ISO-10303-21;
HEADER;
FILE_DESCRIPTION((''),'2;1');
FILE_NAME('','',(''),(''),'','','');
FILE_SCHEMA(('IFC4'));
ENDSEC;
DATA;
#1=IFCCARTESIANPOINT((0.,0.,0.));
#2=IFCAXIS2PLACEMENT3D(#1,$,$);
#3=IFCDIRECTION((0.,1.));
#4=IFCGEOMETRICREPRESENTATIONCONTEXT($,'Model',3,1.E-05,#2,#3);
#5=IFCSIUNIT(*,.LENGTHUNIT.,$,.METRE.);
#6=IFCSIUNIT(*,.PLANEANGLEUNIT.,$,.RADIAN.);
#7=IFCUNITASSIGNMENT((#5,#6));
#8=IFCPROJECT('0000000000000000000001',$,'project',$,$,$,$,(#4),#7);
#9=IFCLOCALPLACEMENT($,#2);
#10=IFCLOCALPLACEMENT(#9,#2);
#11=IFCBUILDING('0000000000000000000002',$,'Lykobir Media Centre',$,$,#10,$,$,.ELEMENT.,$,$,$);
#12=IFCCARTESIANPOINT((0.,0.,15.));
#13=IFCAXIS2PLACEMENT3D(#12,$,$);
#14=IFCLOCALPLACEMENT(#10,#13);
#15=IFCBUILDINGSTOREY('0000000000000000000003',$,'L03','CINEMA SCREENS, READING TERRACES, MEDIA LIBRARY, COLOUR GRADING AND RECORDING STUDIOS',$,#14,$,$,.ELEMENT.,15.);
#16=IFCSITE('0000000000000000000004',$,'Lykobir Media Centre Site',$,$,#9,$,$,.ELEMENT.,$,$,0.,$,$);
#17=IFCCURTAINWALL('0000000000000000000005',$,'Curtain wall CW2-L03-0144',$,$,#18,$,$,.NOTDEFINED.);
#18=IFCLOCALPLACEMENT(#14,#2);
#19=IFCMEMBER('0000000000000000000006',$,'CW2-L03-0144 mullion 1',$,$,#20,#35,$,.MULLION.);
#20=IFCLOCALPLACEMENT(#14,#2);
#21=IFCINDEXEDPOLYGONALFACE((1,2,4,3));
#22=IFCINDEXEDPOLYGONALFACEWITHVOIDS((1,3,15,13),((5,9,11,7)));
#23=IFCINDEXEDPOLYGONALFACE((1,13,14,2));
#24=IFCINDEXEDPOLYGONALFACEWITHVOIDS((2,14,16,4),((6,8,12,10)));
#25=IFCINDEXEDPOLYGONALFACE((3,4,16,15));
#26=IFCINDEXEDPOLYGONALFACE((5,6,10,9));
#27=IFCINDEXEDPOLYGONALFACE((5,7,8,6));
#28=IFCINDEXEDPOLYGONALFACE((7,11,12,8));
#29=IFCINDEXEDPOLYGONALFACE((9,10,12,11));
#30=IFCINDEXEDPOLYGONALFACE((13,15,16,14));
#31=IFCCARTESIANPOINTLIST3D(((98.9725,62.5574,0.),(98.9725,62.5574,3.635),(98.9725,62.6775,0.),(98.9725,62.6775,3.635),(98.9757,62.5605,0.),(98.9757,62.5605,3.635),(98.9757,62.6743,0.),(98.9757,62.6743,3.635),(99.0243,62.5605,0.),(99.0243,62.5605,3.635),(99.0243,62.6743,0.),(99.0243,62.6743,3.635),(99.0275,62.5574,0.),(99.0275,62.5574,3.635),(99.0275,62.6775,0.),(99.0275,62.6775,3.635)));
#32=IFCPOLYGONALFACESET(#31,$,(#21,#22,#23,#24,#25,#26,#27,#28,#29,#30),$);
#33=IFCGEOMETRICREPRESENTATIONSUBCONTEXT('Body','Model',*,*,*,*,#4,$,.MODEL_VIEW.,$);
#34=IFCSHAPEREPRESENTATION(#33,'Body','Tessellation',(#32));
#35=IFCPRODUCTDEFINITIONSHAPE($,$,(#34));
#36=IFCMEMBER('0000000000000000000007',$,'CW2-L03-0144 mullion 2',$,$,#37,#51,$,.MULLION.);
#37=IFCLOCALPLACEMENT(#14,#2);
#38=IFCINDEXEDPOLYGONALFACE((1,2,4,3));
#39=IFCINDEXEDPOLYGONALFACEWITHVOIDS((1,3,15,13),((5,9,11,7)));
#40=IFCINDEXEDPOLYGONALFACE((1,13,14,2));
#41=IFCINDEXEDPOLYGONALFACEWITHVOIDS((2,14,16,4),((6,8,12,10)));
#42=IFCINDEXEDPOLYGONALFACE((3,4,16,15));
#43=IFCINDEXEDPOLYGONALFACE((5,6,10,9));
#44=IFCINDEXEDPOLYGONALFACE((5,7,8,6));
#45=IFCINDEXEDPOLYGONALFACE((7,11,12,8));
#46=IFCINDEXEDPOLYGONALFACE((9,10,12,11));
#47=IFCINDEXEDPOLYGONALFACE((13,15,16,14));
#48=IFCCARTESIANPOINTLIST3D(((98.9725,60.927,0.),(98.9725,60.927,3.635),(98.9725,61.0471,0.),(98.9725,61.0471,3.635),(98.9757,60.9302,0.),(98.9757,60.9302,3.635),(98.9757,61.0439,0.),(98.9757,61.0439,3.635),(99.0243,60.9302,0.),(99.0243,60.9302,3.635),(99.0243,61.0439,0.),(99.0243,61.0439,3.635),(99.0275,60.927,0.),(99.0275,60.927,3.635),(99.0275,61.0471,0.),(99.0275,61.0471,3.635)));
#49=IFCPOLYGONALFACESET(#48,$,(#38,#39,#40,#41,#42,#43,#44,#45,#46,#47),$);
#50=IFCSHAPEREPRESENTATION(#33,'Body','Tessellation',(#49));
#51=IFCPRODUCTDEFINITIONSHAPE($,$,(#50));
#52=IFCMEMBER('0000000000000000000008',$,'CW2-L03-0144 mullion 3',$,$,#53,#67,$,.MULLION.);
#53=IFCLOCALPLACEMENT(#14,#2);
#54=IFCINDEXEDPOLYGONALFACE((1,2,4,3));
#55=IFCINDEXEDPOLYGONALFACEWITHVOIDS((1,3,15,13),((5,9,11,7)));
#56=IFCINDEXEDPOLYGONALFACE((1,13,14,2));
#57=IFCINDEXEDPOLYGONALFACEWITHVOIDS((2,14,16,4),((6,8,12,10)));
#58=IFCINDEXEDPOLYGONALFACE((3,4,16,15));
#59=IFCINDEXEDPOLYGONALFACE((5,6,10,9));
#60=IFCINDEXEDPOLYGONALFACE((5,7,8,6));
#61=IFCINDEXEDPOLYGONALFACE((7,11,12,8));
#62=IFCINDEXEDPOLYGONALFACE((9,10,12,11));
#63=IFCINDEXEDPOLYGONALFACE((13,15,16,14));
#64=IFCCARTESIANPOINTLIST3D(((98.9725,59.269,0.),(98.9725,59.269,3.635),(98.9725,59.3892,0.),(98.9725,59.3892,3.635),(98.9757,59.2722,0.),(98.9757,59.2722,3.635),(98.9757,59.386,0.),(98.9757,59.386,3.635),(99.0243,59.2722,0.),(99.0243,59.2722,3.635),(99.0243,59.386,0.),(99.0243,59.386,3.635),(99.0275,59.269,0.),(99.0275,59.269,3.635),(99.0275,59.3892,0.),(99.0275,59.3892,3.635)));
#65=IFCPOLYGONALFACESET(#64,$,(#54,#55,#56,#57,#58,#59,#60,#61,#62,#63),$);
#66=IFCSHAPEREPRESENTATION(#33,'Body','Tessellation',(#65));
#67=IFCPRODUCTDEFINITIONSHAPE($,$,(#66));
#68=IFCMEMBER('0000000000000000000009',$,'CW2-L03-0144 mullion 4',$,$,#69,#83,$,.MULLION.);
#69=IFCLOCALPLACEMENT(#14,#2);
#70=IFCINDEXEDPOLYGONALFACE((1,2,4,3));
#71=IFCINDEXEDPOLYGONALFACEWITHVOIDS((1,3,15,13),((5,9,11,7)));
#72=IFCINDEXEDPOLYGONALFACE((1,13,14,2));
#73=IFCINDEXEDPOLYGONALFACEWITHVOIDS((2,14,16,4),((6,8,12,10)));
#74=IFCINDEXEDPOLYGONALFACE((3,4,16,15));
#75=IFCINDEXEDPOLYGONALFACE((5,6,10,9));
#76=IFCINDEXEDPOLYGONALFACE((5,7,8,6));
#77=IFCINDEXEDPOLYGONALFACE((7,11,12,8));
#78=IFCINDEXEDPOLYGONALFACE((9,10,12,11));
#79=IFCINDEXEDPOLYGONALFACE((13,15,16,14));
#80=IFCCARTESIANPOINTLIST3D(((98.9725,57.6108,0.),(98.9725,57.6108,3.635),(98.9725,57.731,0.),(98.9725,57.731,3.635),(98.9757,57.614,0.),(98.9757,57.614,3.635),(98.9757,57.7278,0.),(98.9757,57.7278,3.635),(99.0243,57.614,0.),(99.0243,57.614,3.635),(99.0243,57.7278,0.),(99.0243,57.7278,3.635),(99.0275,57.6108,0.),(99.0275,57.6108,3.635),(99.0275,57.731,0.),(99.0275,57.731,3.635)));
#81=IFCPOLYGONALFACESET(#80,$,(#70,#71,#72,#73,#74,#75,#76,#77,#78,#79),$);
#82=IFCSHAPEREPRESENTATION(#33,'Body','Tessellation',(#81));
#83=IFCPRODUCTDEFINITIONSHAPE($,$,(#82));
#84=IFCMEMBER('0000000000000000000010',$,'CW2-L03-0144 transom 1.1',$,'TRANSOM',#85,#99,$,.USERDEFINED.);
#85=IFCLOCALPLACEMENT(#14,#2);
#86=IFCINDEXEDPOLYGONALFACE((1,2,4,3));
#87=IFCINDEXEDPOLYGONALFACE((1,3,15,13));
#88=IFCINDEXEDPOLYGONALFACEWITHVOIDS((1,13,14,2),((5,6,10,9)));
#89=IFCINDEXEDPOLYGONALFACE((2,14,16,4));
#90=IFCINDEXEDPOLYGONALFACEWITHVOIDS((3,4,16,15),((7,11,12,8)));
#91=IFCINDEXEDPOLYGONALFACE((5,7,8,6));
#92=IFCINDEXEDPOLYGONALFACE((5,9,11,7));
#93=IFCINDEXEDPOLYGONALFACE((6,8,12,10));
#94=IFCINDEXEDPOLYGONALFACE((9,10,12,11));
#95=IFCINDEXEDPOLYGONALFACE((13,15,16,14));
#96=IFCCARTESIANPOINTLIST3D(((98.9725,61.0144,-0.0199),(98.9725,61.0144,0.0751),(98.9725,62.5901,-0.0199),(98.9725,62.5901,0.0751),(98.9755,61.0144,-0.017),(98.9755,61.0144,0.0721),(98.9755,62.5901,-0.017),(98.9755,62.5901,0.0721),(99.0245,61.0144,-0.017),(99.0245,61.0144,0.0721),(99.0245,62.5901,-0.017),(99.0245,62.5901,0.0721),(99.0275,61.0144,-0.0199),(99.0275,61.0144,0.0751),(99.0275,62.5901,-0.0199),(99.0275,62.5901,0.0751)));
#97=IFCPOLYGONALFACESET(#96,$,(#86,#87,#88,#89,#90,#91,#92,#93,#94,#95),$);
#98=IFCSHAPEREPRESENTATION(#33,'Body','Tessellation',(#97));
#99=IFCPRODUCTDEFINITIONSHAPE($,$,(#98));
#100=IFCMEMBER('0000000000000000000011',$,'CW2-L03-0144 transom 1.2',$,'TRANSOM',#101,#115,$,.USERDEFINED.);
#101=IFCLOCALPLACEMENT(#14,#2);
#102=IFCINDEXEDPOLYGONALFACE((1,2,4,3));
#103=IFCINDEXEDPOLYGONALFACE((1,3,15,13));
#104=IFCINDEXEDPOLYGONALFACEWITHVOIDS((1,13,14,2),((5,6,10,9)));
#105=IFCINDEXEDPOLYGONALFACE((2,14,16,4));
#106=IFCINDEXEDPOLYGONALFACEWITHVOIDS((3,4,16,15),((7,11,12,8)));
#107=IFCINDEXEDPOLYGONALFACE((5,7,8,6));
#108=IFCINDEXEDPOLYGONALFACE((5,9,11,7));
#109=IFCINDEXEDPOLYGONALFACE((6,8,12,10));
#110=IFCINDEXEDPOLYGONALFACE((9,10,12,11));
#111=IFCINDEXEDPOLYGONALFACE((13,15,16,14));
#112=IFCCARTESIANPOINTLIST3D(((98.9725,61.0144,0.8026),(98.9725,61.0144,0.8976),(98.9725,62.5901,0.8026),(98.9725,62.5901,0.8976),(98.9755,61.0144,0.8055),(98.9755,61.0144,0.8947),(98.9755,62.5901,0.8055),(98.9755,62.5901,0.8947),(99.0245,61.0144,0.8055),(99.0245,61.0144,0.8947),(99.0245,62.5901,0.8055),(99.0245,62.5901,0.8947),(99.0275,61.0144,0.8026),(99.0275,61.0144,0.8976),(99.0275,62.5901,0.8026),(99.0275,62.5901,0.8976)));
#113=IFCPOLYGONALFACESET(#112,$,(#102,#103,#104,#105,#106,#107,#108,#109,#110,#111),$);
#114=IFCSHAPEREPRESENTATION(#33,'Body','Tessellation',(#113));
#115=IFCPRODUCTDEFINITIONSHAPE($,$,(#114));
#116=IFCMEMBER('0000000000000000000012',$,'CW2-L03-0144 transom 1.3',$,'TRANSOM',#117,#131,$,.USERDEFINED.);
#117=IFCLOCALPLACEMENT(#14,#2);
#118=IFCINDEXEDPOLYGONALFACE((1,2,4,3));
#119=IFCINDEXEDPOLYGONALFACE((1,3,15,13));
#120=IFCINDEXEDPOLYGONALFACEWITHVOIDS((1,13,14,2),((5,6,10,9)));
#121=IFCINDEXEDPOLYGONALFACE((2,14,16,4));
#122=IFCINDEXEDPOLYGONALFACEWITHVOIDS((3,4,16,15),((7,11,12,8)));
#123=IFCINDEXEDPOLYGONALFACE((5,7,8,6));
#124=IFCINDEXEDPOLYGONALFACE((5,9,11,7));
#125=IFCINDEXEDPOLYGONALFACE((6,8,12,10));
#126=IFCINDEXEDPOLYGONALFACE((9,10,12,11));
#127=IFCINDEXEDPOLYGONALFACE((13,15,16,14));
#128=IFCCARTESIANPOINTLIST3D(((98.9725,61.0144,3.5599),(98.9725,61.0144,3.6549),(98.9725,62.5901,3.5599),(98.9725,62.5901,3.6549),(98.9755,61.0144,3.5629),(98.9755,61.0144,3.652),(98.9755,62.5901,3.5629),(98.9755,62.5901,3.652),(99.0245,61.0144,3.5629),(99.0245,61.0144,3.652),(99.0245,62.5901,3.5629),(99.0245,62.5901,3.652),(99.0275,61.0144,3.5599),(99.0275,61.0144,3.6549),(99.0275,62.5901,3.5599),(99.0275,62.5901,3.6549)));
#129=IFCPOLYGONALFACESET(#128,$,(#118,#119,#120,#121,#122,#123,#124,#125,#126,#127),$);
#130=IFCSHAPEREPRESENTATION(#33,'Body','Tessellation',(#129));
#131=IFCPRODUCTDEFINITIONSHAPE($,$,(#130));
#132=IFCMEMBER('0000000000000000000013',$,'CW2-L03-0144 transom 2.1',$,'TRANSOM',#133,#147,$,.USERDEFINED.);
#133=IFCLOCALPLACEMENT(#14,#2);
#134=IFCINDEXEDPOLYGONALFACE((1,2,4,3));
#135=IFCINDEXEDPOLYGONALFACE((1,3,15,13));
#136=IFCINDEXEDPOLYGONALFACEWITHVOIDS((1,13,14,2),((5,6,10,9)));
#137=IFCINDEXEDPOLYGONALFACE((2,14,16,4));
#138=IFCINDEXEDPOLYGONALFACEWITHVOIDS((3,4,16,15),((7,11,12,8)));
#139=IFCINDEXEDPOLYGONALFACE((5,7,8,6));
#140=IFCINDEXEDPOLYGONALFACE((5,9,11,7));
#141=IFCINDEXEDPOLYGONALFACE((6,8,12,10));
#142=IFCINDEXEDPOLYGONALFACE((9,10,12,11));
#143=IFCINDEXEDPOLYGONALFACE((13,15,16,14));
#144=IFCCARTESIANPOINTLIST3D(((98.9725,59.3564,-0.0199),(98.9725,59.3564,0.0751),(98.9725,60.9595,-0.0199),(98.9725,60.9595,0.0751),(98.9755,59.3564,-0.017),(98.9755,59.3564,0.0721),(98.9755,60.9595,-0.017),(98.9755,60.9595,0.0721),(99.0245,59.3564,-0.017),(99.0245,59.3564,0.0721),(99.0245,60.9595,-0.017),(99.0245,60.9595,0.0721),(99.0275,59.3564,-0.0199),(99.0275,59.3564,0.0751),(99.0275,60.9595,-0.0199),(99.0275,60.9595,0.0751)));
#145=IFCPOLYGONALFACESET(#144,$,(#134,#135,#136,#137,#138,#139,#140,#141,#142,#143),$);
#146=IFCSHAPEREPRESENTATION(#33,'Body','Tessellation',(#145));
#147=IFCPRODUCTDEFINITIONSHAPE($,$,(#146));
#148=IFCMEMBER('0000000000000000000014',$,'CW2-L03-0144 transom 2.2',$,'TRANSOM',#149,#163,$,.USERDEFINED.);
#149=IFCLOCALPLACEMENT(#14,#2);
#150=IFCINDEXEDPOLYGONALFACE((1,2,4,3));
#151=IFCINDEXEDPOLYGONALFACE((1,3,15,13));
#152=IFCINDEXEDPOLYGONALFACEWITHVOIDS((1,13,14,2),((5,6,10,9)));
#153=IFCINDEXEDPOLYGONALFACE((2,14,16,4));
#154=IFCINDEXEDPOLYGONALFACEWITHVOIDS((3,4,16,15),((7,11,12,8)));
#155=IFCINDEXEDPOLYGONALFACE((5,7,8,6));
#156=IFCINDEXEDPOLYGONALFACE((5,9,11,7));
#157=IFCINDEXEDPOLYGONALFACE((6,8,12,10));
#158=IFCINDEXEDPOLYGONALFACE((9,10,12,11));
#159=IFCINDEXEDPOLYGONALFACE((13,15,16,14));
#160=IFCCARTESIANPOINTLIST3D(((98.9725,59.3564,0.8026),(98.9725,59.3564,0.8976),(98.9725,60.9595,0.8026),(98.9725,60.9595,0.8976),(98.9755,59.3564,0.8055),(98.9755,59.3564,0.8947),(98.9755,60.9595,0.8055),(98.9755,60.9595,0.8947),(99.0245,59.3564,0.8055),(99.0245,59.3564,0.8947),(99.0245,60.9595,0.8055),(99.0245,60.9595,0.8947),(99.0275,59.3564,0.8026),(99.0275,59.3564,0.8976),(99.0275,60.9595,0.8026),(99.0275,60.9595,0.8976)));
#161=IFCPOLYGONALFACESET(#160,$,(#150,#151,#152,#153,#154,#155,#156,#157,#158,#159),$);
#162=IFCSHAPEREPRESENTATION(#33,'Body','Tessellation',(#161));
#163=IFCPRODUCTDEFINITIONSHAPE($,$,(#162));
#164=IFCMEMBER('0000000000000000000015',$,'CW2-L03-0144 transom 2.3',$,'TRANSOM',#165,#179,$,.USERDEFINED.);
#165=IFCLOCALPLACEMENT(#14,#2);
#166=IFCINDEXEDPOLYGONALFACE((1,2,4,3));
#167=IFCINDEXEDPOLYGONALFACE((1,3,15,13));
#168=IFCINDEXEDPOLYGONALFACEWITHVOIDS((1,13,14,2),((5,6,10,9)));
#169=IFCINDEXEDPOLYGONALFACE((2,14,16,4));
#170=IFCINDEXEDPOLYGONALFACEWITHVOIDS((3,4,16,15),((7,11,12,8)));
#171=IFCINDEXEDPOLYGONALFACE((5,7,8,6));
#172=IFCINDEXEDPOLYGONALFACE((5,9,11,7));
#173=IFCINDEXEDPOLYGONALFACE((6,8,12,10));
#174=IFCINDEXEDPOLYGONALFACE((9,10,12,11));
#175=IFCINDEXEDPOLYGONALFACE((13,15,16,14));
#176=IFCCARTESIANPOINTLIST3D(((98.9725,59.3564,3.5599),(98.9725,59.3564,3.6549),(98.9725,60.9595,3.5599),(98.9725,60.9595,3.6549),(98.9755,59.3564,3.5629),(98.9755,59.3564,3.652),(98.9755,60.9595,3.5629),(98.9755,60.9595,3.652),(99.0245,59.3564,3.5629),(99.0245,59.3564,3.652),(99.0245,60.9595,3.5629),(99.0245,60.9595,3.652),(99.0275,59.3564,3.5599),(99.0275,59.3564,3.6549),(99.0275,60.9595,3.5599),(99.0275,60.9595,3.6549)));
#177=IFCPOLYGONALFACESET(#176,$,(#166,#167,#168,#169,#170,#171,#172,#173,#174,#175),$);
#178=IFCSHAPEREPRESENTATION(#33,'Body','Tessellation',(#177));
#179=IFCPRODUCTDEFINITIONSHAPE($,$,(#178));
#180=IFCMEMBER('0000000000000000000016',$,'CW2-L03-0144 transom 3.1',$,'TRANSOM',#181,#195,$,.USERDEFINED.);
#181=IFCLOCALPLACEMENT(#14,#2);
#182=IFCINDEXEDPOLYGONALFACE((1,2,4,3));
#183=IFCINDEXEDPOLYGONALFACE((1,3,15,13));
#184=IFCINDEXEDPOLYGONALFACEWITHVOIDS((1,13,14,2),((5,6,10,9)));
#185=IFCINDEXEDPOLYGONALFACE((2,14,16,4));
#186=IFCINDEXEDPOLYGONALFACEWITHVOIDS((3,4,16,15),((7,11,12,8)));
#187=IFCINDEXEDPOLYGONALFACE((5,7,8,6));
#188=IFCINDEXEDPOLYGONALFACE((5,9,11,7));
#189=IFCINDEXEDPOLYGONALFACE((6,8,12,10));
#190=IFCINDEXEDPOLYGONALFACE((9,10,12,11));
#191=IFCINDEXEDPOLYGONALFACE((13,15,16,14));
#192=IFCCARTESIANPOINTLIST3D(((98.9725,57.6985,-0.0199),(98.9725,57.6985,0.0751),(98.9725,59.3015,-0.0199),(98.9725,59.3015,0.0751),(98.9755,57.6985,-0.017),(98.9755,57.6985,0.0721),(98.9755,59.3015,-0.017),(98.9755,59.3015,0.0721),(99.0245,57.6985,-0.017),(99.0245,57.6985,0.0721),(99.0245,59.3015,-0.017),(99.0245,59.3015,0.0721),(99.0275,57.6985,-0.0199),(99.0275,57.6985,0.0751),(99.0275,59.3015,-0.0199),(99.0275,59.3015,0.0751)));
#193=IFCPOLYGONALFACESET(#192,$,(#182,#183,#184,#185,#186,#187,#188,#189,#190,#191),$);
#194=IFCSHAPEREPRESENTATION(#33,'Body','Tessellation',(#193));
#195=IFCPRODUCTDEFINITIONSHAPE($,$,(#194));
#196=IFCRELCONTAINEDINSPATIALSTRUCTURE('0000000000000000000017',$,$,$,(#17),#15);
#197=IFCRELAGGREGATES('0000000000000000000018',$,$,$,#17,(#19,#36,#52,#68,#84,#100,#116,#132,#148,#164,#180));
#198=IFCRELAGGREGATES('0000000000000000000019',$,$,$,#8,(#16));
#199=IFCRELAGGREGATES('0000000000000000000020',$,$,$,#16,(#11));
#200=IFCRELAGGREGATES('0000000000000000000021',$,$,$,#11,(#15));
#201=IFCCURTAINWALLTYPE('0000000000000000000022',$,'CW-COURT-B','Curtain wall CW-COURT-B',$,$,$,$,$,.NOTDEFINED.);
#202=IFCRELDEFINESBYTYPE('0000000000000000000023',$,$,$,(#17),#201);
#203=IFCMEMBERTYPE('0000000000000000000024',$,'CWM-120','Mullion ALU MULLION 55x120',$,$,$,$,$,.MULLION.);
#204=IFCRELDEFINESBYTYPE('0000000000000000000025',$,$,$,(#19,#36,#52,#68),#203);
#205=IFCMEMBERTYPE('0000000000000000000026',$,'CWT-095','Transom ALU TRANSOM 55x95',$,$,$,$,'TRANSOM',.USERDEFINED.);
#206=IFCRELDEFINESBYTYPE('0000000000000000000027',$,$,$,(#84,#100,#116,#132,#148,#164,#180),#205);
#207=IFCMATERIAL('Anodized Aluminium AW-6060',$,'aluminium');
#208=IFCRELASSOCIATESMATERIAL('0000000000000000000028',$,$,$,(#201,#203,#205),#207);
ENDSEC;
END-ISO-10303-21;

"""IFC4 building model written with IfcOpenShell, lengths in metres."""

from ifc_helpers import new_model, si_unit, direction, frame, origin, origin_2d, place, context, subcontext, project, spatial, hollow_rectangle, extrude, material, material_profile, profile_set, type_object, element, aggregate, save


model = new_model("IFC4")

# Units and contexts
model_context = context("Model", 3, precision=1e-05, world=origin(), true_north=direction((0.0, 1.0)))
body_context = subcontext(model_context, "Body", "Model", "MODEL_VIEW")
ifc_project = project(units=[si_unit("LENGTHUNIT", "METRE"), si_unit("PLANEANGLEUNIT", "RADIAN")], contexts=[model_context])

# Site, building, storey
site_placement = place(None, origin())
site = spatial("IfcSite", under=ifc_project, at=site_placement, Name="Lykobir Media Centre Site", CompositionType="ELEMENT", RefElevation=0.0)
building_placement = place(site_placement, origin())
building = spatial("IfcBuilding", under=site, at=building_placement, Name="Lykobir Media Centre", CompositionType="ELEMENT")
storey_placement = place(building_placement, frame((0.0, 0.0, 15.0)))
storey = spatial("IfcBuildingStorey", under=building, at=storey_placement, Name="L03", Description="CINEMA SCREENS, READING TERRACES, MEDIA LIBRARY, COLOUR GRADING AND RECORDING STUDIOS", CompositionType="ELEMENT", Elevation=15.0)

# Curtain wall, members
ifc_material_1 = material(Name="Anodized Aluminium AW-6060", Category="aluminium")
curtain_wall_type = type_object("IfcCurtainWallType", Name="CW-COURT-B", Description="Curtain wall CW-COURT-B", PredefinedType="NOTDEFINED", material=ifc_material_1)
curtain_wall_placement = place(storey_placement, origin())
curtain_wall = element("IfcCurtainWall", 1, at=curtain_wall_placement, inside=storey, type_object=curtain_wall_type, Name="Curtain wall CW2-L03-0144", PredefinedType="NOTDEFINED")
ifc_material_profile_1 = material_profile(ifc_material_1, hollow_rectangle(XDim=0.0549, YDim=0.1201, WallThickness=0.0032, at=origin_2d()), Name="ALU MULLION 55x120")
ifc_profile_set_1 = profile_set([ifc_material_profile_1], Name="Anodized Aluminium AW-6060")
member_type_1 = type_object("IfcMemberType", Name="CWM-120", Description="Mullion ALU MULLION 55x120", PredefinedType="MULLION", material=ifc_profile_set_1)
member_1_placement = place(storey_placement, frame((99.0, 62.6174, 0.0), z_axis=(0.0, 0.0, 1.0), x_axis=(1.0, 0.0, 0.0)))
member_1 = element("IfcMember", 2, at=member_1_placement, type_object=member_type_1, Name="CW2-L03-0144 mullion 1", PredefinedType="MULLION", context=body_context, shape_type="SweptSolid", body=[
    extrude(hollow_rectangle(XDim=0.0549, YDim=0.1201, WallThickness=0.0032, at=origin_2d()), origin(), (0.0, 0.0, 1.0), 3.635),
])
member_2_placement = place(storey_placement, frame((99.0, 60.9871, 0.0), z_axis=(0.0, 0.0, 1.0), x_axis=(1.0, 0.0, 0.0)))
member_2 = element("IfcMember", 3, at=member_2_placement, type_object=member_type_1, Name="CW2-L03-0144 mullion 2", PredefinedType="MULLION", context=body_context, shape_type="SweptSolid", body=[
    extrude(hollow_rectangle(XDim=0.0549, YDim=0.1201, WallThickness=0.0032, at=origin_2d()), origin(), (0.0, 0.0, 1.0), 3.635),
])
member_3_placement = place(storey_placement, frame((99.0, 59.3291, 0.0), z_axis=(0.0, 0.0, 1.0), x_axis=(1.0, 0.0, 0.0)))
member_3 = element("IfcMember", 4, at=member_3_placement, type_object=member_type_1, Name="CW2-L03-0144 mullion 3", PredefinedType="MULLION", context=body_context, shape_type="SweptSolid", body=[
    extrude(hollow_rectangle(XDim=0.0549, YDim=0.1201, WallThickness=0.0032, at=origin_2d()), origin(), (0.0, 0.0, 1.0), 3.635),
])
member_4_placement = place(storey_placement, frame((99.0, 57.6709, 0.0), z_axis=(0.0, 0.0, 1.0), x_axis=(1.0, 0.0, 0.0)))
member_4 = element("IfcMember", 5, at=member_4_placement, type_object=member_type_1, Name="CW2-L03-0144 mullion 4", PredefinedType="MULLION", context=body_context, shape_type="SweptSolid", body=[
    extrude(hollow_rectangle(XDim=0.0549, YDim=0.1201, WallThickness=0.0032, at=origin_2d()), origin(), (0.0, 0.0, 1.0), 3.635),
])
ifc_material_profile_2 = material_profile(ifc_material_1, hollow_rectangle(XDim=0.0549, YDim=0.095, WallThickness=0.0029, at=origin_2d()), Name="ALU TRANSOM 55x95")
ifc_profile_set_2 = profile_set([ifc_material_profile_2], Name="Anodized Aluminium AW-6060")
member_type_2 = type_object("IfcMemberType", Name="CWT-095", Description="Transom ALU TRANSOM 55x95", ElementType="TRANSOM", PredefinedType="USERDEFINED", material=ifc_profile_set_2)
member_5_placement = place(storey_placement, frame((99.0, 62.5901, 0.0276), z_axis=(0.0, -1.0, 0.0), x_axis=(1.0, 0.0, 0.0)))
member_5 = element("IfcMember", 6, at=member_5_placement, type_object=member_type_2, Name="CW2-L03-0144 transom 1.1", ObjectType="TRANSOM", PredefinedType="USERDEFINED", context=body_context, shape_type="SweptSolid", body=[
    extrude(hollow_rectangle(XDim=0.0549, YDim=0.095, WallThickness=0.0029, at=origin_2d()), origin(), (0.0, 0.0, 1.0), 1.5757),
])
member_6_placement = place(storey_placement, frame((99.0, 62.5901, 0.8501), z_axis=(0.0, -1.0, 0.0), x_axis=(1.0, 0.0, 0.0)))
member_6 = element("IfcMember", 7, at=member_6_placement, type_object=member_type_2, Name="CW2-L03-0144 transom 1.2", ObjectType="TRANSOM", PredefinedType="USERDEFINED", context=body_context, shape_type="SweptSolid", body=[
    extrude(hollow_rectangle(XDim=0.0549, YDim=0.095, WallThickness=0.0029, at=origin_2d()), origin(), (0.0, 0.0, 1.0), 1.5757),
])
member_7_placement = place(storey_placement, frame((99.0, 62.5901, 3.6074), z_axis=(0.0, -1.0, 0.0), x_axis=(1.0, 0.0, 0.0)))
member_7 = element("IfcMember", 8, at=member_7_placement, type_object=member_type_2, Name="CW2-L03-0144 transom 1.3", ObjectType="TRANSOM", PredefinedType="USERDEFINED", context=body_context, shape_type="SweptSolid", body=[
    extrude(hollow_rectangle(XDim=0.0549, YDim=0.095, WallThickness=0.0029, at=origin_2d()), origin(), (0.0, 0.0, 1.0), 1.5757),
])
member_8_placement = place(storey_placement, frame((99.0, 60.9595, 0.0276), z_axis=(0.0, -1.0, 0.0), x_axis=(1.0, 0.0, 0.0)))
member_8 = element("IfcMember", 9, at=member_8_placement, type_object=member_type_2, Name="CW2-L03-0144 transom 2.1", ObjectType="TRANSOM", PredefinedType="USERDEFINED", context=body_context, shape_type="SweptSolid", body=[
    extrude(hollow_rectangle(XDim=0.0549, YDim=0.095, WallThickness=0.0029, at=origin_2d()), origin(), (0.0, 0.0, 1.0), 1.603),
])
member_9_placement = place(storey_placement, frame((99.0, 60.9595, 0.8501), z_axis=(0.0, -1.0, 0.0), x_axis=(1.0, 0.0, 0.0)))
member_9 = element("IfcMember", 10, at=member_9_placement, type_object=member_type_2, Name="CW2-L03-0144 transom 2.2", ObjectType="TRANSOM", PredefinedType="USERDEFINED", context=body_context, shape_type="SweptSolid", body=[
    extrude(hollow_rectangle(XDim=0.0549, YDim=0.095, WallThickness=0.0029, at=origin_2d()), origin(), (0.0, 0.0, 1.0), 1.603),
])
member_10_placement = place(storey_placement, frame((99.0, 60.9595, 3.6074), z_axis=(0.0, -1.0, 0.0), x_axis=(1.0, 0.0, 0.0)))
member_10 = element("IfcMember", 11, at=member_10_placement, type_object=member_type_2, Name="CW2-L03-0144 transom 2.3", ObjectType="TRANSOM", PredefinedType="USERDEFINED", context=body_context, shape_type="SweptSolid", body=[
    extrude(hollow_rectangle(XDim=0.0549, YDim=0.095, WallThickness=0.0029, at=origin_2d()), origin(), (0.0, 0.0, 1.0), 1.603),
])
member_11_placement = place(storey_placement, frame((99.0, 59.3015, 0.0276), z_axis=(0.0, -1.0, 0.0), x_axis=(1.0, 0.0, 0.0)))
member_11 = element("IfcMember", 12, at=member_11_placement, type_object=member_type_2, Name="CW2-L03-0144 transom 3.1", ObjectType="TRANSOM", PredefinedType="USERDEFINED", context=body_context, shape_type="SweptSolid", body=[
    extrude(hollow_rectangle(XDim=0.0549, YDim=0.095, WallThickness=0.0029, at=origin_2d()), origin(), (0.0, 0.0, 1.0), 1.603),
])

aggregate(curtain_wall, [member_1, member_2, member_3, member_4, member_5, member_6, member_7, member_8, member_9, member_10, member_11])

save(model, "model.ifc")
